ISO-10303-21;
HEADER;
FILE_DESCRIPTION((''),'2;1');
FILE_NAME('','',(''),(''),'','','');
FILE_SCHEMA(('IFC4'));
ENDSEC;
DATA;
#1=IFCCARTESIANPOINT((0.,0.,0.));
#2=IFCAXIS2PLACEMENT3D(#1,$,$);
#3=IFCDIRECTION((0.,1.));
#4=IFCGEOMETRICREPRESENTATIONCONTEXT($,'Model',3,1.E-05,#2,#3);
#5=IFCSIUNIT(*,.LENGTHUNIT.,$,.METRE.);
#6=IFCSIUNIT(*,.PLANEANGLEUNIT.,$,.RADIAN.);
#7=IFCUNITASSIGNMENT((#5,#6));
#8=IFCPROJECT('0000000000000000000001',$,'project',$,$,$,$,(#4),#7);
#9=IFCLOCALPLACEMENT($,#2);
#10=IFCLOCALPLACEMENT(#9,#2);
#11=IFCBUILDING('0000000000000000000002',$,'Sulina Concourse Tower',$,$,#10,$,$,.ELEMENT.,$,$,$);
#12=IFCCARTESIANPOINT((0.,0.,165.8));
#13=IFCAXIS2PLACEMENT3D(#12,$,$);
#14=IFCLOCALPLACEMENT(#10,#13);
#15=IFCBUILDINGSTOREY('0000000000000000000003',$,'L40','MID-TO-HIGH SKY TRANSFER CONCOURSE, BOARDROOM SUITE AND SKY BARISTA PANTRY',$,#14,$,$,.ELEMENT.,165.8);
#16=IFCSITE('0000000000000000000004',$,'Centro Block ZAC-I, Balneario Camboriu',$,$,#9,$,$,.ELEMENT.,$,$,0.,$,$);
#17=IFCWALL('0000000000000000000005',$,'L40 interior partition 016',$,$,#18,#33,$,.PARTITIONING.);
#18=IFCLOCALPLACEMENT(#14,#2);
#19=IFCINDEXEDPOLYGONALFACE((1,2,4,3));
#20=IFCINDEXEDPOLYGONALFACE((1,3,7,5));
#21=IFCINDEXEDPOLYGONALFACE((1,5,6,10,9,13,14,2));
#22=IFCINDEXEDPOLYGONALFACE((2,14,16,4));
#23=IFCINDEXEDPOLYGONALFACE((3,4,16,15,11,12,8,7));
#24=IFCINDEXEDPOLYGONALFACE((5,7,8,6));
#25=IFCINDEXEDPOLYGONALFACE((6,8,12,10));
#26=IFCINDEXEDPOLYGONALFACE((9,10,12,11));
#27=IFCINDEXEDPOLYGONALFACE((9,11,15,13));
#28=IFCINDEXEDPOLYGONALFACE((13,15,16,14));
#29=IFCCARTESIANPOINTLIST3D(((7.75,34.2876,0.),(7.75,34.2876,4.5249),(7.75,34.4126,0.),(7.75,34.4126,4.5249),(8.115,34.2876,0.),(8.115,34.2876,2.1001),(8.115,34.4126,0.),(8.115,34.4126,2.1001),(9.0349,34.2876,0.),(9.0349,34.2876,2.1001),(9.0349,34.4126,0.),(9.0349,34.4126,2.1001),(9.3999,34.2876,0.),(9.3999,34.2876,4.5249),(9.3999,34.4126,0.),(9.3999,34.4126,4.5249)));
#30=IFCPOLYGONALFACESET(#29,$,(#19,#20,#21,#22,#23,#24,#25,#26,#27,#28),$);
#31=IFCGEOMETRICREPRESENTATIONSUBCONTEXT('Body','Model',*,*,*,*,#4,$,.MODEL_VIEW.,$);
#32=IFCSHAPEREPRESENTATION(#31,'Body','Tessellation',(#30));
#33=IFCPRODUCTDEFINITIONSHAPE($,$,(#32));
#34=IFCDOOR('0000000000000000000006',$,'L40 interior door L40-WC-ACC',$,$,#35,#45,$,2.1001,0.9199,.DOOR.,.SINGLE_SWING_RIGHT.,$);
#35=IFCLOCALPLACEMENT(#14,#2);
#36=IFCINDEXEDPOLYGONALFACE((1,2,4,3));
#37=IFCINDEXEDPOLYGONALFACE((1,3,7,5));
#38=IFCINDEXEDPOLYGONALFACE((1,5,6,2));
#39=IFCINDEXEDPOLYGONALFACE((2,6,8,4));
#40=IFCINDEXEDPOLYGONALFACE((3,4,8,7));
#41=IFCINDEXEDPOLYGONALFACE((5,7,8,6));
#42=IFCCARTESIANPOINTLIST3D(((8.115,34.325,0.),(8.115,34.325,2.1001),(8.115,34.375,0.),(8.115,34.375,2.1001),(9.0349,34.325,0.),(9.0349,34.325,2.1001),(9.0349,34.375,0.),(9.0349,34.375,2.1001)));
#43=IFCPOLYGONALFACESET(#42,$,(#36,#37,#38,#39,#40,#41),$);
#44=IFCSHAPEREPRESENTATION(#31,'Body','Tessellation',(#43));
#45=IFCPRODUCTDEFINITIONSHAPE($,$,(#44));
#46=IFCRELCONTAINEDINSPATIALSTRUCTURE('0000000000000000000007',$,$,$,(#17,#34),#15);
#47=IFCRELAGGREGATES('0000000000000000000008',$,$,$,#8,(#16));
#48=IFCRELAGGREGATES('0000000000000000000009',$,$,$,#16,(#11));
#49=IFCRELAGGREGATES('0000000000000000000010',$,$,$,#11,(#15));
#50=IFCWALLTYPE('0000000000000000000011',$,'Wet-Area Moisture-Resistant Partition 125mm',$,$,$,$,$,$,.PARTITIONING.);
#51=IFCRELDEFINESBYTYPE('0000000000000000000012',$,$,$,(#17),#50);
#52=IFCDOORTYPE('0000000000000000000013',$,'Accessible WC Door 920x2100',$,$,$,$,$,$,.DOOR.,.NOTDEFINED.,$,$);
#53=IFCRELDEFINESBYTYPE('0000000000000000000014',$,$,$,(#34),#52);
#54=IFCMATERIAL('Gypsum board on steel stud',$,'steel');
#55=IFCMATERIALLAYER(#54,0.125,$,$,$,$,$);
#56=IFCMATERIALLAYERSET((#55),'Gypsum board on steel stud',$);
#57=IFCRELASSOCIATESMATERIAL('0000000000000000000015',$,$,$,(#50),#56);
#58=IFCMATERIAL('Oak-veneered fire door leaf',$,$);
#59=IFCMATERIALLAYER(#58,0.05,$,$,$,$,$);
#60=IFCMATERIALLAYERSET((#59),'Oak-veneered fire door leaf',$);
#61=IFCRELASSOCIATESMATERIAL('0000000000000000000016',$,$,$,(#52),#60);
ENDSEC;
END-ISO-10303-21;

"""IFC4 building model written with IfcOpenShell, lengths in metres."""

from ifc_helpers import new_model, si_unit, direction, frame, frame_2d, origin, place, context, subcontext, project, spatial, rectangle, extrude, material, layer, layer_set, type_object, element, fill, save


model = new_model("IFC4")

# Units and contexts
model_context = context("Model", 3, precision=1e-05, world=origin(), true_north=direction((0.0, 1.0)))
body_context = subcontext(model_context, "Body", "Model", "MODEL_VIEW")
ifc_project = project(units=[si_unit("LENGTHUNIT", "METRE"), si_unit("PLANEANGLEUNIT", "RADIAN")], contexts=[model_context])

# Site, building, storey
site_placement = place(None, origin())
site = spatial("IfcSite", under=ifc_project, at=site_placement, Name="Centro Block ZAC-I, Balneario Camboriu", CompositionType="ELEMENT", RefElevation=0.0)
building_placement = place(site_placement, origin())
building = spatial("IfcBuilding", under=site, at=building_placement, Name="Sulina Concourse Tower", CompositionType="ELEMENT")
storey_placement = place(building_placement, frame((0.0, 0.0, 165.8)))
storey = spatial("IfcBuildingStorey", under=building, at=storey_placement, Name="L40", Description="MID-TO-HIGH SKY TRANSFER CONCOURSE, BOARDROOM SUITE AND SKY BARISTA PANTRY", CompositionType="ELEMENT", Elevation=165.8)

# Wall, opening, door
ifc_material_1 = material(Name="Gypsum board on steel stud", Category="steel")
ifc_layer_1 = layer(ifc_material_1, 0.125)
ifc_layer_set_1 = layer_set([ifc_layer_1], Name="Gypsum board on steel stud")
wall_type_1 = type_object("IfcWallType", Name="Wet-Area Moisture-Resistant Partition 125mm", PredefinedType="PARTITIONING", material=ifc_layer_set_1)
wall_1_placement = place(storey_placement, frame((7.75, 34.3501, 0.0), z_axis=(0.0, 0.0, 1.0), x_axis=(1.0, 0.0, 0.0)))
wall_1 = element("IfcWall", 1, at=wall_1_placement, inside=storey, type_object=wall_type_1, Name="L40 interior partition 016", PredefinedType="PARTITIONING", context=body_context, shape_type="SweptSolid", body=[
    extrude(rectangle(XDim=1.6499, YDim=0.125, at=frame_2d((0.825, 0.0))), origin(), (0.0, 0.0, 1.0), 4.5249),
])
opening_1_placement = place(wall_1_placement, frame((0.365, 0.0, 0.0)))
opening_1 = element("IfcOpeningElement", 2, at=opening_1_placement, cuts=wall_1, PredefinedType="OPENING", context=body_context, shape_type="SweptSolid", body=[
    extrude(rectangle(XDim=0.9199, YDim=2.1001, at=frame_2d((0.46, 1.05))), frame((0.0, 0.0725, 0.0), z_axis=(0.0, -1.0, 0.0), x_axis=(1.0, 0.0, 0.0)), (0.0, 0.0, 1.0), 0.145),
])
ifc_material_2 = material(Name="Oak-veneered fire door leaf")
ifc_layer_2 = layer(ifc_material_2, 0.05)
ifc_layer_set_2 = layer_set([ifc_layer_2], Name="Oak-veneered fire door leaf")
door_type_1 = type_object("IfcDoorType", Name="Accessible WC Door 920x2100", OperationType="NOTDEFINED", PredefinedType="DOOR", material=ifc_layer_set_2)
door_1_placement = place(opening_1_placement, origin())
door_1 = element("IfcDoor", 3, at=door_1_placement, inside=storey, type_object=door_type_1, Name="L40 interior door L40-WC-ACC", OperationType="SINGLE_SWING_RIGHT", OverallHeight=2.1001, OverallWidth=0.9199, PredefinedType="DOOR", context=body_context, shape_type="SweptSolid", body=[
    extrude(rectangle(XDim=0.9199, YDim=2.1001, at=frame_2d((0.46, 1.05))), frame((0.0, 0.0249, 0.0), z_axis=(0.0, -1.0, 0.0), x_axis=(1.0, 0.0, 0.0)), (0.0, 0.0, 1.0), 0.05),
])
fill(opening_1, door_1)

save(model, "model.ifc")
